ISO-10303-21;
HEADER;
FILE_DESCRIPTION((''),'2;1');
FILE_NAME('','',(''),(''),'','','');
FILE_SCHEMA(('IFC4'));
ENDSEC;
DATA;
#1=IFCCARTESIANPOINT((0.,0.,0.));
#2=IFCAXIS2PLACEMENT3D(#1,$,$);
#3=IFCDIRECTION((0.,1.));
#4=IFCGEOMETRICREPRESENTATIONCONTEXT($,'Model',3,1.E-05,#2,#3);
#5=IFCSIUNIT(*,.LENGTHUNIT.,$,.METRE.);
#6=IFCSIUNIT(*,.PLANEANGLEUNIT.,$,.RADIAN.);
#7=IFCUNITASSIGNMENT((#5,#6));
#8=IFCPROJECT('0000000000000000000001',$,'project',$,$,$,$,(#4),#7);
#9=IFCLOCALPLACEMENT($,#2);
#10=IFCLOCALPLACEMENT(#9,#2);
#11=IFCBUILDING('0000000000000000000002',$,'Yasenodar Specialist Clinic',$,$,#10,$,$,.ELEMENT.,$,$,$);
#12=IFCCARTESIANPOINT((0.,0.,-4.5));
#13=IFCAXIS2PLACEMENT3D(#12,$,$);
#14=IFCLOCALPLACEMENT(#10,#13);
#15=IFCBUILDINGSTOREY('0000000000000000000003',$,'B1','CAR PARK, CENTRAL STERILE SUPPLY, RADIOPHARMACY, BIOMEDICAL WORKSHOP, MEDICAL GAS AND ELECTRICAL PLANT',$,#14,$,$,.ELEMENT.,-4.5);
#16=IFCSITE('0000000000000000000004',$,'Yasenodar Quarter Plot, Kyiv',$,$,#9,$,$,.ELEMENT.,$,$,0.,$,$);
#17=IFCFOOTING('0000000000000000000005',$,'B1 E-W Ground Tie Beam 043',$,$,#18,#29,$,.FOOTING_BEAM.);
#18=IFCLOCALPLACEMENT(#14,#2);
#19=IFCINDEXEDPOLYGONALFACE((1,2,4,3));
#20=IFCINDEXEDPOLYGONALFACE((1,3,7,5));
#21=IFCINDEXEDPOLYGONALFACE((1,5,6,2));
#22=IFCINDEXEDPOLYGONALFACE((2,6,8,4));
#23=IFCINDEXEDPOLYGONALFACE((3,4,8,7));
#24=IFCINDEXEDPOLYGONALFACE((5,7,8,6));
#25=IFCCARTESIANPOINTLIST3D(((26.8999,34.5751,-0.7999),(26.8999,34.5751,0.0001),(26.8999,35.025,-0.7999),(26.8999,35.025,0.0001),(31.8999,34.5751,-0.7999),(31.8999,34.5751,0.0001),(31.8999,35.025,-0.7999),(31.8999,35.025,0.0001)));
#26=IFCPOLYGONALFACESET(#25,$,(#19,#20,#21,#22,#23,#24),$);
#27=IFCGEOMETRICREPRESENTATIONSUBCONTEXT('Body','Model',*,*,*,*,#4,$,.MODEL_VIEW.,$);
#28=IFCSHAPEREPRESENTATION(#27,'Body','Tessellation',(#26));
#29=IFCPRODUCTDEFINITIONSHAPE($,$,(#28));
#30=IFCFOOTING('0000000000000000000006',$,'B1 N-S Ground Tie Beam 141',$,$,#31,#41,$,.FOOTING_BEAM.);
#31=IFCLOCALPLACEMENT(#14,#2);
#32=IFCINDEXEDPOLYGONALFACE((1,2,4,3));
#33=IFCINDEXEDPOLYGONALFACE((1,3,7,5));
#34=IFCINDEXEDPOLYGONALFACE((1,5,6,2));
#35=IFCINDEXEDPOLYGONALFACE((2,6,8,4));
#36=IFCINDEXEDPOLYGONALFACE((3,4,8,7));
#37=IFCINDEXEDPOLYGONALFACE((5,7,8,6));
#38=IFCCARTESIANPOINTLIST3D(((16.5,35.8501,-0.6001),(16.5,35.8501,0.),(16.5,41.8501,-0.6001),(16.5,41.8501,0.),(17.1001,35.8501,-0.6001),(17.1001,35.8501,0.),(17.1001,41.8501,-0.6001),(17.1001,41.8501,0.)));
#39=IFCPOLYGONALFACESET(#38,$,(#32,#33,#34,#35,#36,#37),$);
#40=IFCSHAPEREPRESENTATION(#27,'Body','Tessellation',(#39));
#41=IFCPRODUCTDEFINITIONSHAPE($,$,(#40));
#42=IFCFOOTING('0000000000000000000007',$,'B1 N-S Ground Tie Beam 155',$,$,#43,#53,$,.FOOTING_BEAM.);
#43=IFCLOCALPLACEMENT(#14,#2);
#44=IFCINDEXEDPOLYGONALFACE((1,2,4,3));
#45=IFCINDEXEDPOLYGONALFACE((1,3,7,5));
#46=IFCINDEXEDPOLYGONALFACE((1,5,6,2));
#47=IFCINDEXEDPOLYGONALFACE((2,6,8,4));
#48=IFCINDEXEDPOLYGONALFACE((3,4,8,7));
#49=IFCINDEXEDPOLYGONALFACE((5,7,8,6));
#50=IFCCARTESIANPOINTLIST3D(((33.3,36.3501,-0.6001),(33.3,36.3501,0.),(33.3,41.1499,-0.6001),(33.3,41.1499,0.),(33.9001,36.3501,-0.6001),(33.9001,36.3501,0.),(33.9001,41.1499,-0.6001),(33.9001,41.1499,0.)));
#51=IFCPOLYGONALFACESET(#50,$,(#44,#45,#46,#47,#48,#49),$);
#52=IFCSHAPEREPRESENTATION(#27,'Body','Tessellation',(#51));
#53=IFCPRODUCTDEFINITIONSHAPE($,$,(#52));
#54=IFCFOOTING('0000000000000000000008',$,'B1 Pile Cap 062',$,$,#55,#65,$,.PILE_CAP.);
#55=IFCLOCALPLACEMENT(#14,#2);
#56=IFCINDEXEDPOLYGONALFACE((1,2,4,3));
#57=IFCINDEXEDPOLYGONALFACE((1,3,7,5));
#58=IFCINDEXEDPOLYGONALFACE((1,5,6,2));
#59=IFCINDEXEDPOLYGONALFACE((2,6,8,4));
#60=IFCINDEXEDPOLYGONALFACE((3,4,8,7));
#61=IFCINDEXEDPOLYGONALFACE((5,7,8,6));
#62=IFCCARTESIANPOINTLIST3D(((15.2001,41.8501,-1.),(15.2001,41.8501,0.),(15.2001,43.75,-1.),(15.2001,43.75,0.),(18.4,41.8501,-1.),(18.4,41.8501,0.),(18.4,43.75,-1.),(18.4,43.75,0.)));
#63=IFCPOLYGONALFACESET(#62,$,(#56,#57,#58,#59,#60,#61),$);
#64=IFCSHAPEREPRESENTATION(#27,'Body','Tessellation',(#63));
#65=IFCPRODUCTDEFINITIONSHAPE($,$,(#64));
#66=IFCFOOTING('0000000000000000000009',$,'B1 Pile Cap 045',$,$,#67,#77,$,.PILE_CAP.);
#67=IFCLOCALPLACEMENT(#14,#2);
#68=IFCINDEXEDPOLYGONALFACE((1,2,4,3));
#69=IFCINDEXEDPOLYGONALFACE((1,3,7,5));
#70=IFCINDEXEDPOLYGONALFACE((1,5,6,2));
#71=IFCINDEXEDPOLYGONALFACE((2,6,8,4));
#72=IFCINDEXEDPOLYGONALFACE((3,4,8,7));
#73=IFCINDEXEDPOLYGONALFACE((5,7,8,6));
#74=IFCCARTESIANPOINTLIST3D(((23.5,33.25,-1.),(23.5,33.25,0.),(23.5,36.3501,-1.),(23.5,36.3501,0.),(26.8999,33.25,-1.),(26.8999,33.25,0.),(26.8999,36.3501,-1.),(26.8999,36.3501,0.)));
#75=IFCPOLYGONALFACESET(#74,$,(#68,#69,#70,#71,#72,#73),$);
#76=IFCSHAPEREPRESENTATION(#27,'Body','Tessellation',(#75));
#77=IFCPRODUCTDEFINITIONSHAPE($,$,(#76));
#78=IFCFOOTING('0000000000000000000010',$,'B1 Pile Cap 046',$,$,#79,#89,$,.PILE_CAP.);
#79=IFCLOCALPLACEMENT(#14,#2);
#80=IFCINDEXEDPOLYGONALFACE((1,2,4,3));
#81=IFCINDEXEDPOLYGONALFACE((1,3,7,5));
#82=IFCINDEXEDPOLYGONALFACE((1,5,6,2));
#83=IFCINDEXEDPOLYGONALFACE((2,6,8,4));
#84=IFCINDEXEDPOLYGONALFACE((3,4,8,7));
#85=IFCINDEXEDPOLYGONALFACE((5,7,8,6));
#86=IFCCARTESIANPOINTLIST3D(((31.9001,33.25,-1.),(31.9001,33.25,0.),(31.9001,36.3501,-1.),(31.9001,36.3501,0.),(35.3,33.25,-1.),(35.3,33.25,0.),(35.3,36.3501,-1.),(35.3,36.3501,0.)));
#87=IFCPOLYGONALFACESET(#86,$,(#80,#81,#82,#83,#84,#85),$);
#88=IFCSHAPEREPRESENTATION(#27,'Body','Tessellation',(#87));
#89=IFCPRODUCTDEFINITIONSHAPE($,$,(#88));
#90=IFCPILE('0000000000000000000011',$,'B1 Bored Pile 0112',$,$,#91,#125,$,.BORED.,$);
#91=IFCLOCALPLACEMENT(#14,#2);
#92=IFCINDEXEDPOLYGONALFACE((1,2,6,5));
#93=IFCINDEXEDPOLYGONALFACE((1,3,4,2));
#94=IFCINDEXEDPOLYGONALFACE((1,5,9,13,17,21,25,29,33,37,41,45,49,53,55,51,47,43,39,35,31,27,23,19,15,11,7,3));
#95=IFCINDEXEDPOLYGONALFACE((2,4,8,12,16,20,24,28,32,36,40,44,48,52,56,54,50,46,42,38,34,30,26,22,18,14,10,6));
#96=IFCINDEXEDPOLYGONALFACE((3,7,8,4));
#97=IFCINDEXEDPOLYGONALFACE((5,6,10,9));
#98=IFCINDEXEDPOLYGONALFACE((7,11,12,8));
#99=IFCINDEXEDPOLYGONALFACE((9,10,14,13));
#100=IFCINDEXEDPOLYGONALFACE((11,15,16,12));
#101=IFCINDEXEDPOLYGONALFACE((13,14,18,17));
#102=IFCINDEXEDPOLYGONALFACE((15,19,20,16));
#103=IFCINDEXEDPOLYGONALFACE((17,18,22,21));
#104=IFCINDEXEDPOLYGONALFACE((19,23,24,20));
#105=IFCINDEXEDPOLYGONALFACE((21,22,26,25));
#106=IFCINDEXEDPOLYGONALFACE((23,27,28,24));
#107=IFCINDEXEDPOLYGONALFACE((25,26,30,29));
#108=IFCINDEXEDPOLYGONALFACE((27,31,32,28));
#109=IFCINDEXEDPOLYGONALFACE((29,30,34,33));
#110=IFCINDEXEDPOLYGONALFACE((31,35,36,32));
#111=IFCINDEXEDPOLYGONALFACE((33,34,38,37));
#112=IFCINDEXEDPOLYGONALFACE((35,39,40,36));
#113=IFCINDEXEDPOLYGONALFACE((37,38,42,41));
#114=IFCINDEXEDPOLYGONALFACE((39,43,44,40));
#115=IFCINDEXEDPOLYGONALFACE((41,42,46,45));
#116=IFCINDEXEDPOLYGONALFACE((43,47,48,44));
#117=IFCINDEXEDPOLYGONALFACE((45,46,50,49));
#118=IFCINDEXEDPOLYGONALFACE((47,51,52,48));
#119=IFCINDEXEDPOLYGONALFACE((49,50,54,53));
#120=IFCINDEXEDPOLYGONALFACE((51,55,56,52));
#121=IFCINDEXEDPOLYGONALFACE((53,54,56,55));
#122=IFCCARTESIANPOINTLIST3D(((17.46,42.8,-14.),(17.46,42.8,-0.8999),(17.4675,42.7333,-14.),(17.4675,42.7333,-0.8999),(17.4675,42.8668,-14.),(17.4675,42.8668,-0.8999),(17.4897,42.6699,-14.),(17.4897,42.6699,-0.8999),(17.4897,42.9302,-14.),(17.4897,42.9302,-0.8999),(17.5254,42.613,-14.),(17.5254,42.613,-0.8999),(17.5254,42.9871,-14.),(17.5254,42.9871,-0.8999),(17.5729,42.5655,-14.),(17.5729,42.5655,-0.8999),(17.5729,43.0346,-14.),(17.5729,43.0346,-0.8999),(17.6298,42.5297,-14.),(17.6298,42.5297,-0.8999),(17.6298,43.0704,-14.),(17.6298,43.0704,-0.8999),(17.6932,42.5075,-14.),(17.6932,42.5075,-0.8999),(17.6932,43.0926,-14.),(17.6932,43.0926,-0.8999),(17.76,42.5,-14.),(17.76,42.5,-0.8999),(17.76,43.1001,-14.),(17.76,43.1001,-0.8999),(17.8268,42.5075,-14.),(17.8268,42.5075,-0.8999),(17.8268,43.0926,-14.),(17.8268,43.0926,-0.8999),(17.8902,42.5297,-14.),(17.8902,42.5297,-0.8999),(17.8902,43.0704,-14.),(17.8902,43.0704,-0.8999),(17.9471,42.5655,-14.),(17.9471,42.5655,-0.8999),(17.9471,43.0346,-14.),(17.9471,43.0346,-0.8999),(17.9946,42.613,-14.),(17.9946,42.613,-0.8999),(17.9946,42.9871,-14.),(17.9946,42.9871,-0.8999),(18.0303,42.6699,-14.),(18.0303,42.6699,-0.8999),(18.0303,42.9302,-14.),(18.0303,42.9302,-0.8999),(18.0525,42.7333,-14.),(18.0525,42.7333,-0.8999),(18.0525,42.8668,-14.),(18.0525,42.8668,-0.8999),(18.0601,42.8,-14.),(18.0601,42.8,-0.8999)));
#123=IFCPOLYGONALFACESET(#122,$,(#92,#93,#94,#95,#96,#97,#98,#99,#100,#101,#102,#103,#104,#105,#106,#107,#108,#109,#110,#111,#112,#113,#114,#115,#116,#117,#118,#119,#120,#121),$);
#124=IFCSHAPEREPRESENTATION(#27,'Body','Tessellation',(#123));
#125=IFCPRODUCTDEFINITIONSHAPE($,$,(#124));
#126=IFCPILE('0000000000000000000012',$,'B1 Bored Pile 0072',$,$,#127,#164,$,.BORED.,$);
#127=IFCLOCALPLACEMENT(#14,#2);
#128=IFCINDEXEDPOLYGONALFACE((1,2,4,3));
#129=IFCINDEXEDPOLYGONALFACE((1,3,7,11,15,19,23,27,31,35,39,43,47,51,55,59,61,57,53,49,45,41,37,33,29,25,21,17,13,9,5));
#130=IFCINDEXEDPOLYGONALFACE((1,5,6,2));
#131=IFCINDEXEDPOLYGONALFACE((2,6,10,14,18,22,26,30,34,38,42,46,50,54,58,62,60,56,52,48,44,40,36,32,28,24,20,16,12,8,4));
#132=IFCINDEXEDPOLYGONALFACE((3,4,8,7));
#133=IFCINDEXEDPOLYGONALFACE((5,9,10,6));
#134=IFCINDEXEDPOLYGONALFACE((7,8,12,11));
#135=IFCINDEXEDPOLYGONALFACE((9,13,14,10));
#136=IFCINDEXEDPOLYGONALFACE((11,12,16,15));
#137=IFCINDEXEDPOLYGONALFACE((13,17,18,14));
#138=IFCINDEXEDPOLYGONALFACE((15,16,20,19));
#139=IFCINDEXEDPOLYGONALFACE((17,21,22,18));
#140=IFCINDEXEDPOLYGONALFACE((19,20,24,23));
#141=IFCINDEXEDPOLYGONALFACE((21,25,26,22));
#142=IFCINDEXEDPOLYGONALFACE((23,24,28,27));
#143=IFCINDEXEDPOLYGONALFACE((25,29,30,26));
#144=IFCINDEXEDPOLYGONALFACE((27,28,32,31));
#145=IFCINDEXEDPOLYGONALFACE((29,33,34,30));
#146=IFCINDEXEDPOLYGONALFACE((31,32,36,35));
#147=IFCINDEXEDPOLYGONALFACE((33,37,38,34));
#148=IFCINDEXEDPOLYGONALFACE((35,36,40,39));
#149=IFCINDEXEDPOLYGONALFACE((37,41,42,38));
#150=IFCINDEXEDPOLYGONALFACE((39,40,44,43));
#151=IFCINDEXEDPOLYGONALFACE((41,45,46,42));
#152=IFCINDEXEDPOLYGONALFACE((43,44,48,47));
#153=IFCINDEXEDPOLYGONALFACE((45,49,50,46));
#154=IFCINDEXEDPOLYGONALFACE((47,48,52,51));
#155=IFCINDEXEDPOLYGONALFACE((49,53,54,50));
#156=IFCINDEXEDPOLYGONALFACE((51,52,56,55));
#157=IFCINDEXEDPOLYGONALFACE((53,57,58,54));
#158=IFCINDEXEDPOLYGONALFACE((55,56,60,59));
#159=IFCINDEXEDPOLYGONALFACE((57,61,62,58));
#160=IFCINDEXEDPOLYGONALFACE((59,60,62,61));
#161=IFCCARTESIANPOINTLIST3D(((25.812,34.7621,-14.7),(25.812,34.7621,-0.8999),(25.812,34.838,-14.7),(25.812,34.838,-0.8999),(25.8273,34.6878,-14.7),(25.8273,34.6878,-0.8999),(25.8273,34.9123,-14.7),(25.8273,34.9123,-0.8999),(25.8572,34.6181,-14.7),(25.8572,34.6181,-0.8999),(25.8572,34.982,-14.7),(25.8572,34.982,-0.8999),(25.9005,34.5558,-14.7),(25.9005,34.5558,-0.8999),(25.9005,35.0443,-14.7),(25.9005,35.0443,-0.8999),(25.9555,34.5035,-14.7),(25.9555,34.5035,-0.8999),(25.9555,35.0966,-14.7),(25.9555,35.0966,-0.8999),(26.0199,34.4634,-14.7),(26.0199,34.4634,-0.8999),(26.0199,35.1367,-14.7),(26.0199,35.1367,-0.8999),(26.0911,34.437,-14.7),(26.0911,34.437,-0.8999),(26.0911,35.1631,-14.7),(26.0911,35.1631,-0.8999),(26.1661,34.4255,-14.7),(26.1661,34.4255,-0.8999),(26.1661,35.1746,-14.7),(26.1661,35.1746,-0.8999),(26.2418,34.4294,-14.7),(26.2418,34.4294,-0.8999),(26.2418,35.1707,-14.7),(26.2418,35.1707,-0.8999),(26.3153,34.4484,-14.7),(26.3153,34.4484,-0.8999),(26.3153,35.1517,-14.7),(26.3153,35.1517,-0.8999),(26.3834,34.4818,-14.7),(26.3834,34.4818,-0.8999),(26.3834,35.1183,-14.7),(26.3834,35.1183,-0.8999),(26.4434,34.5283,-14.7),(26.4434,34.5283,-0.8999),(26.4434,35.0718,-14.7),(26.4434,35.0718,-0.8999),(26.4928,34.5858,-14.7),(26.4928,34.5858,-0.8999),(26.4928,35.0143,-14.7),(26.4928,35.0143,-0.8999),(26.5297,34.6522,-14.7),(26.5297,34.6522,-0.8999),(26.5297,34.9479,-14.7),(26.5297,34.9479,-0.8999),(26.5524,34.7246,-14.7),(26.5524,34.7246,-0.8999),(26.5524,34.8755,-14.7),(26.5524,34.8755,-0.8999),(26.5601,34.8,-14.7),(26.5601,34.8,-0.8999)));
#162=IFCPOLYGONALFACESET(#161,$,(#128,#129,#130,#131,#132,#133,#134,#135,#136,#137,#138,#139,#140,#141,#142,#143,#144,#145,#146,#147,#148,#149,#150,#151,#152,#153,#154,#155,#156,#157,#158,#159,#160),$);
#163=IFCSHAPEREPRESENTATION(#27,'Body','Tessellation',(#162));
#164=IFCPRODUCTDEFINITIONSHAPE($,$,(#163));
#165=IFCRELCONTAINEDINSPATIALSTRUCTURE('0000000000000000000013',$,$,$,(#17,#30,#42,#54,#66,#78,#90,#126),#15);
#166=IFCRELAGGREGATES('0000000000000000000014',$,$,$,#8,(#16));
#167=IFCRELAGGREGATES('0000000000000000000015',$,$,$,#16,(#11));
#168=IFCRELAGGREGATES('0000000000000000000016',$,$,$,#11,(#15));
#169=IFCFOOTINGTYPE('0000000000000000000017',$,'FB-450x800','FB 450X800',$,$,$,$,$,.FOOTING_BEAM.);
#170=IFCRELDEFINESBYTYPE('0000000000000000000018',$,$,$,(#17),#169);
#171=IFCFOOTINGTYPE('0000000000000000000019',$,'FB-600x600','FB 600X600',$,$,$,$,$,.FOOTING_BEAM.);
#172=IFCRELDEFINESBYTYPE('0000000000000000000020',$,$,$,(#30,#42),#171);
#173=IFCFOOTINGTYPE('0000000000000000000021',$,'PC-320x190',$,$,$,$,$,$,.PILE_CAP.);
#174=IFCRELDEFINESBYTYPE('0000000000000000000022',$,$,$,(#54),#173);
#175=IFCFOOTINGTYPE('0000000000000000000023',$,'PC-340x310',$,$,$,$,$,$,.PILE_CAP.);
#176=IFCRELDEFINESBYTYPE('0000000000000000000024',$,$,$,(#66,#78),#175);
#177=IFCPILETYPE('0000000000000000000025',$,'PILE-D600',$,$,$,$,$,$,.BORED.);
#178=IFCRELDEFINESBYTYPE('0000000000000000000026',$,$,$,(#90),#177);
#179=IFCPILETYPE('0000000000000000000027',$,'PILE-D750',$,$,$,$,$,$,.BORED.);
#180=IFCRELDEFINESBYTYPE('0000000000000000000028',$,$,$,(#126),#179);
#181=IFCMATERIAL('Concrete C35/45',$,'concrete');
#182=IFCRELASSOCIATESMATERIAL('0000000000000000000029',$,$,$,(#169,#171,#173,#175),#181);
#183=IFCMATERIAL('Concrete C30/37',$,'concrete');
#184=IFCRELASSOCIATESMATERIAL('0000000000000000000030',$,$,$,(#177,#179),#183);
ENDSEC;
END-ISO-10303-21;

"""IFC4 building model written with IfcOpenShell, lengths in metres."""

from ifc_helpers import new_model, si_unit, direction, frame, origin, origin_2d, place, context, subcontext, project, spatial, rectangle, circle, extrude, material, material_profile, profile_set, type_object, element, save


model = new_model("IFC4")

# Units and contexts
model_context = context("Model", 3, precision=1e-05, world=origin(), true_north=direction((0.0, 1.0)))
body_context = subcontext(model_context, "Body", "Model", "MODEL_VIEW")
ifc_project = project(units=[si_unit("LENGTHUNIT", "METRE"), si_unit("PLANEANGLEUNIT", "RADIAN")], contexts=[model_context])

# Site, building, storey
site_placement = place(None, origin())
site = spatial("IfcSite", under=ifc_project, at=site_placement, Name="Yasenodar Quarter Plot, Kyiv", CompositionType="ELEMENT", RefElevation=0.0)
building_placement = place(site_placement, origin())
building = spatial("IfcBuilding", under=site, at=building_placement, Name="Yasenodar Specialist Clinic", CompositionType="ELEMENT")
storey_placement = place(building_placement, frame((0.0, 0.0, -4.5)))
storey = spatial("IfcBuildingStorey", under=building, at=storey_placement, Name="B1", Description="CAR PARK, CENTRAL STERILE SUPPLY, RADIOPHARMACY, BIOMEDICAL WORKSHOP, MEDICAL GAS AND ELECTRICAL PLANT", CompositionType="ELEMENT", Elevation=-4.5)

# Footings
ifc_material_1 = material(Name="Concrete C35/45", Category="concrete")
ifc_material_profile_1 = material_profile(ifc_material_1, rectangle(XDim=0.45, YDim=0.8, at=origin_2d()), Name="RC 450x800")
ifc_profile_set_1 = profile_set([ifc_material_profile_1], Name="Concrete C35/45")
footing_type_1 = type_object("IfcFootingType", Name="FB-450x800", Description="FB 450X800", PredefinedType="FOOTING_BEAM", material=ifc_profile_set_1)
footing_1_placement = place(storey_placement, frame((26.8999, 34.8, -0.3999), z_axis=(1.0, 0.0, 0.0), x_axis=(0.0, 1.0, 0.0)))
element("IfcFooting", 1, at=footing_1_placement, inside=storey, type_object=footing_type_1, Name="B1 E-W Ground Tie Beam 043", PredefinedType="FOOTING_BEAM", context=body_context, shape_type="SweptSolid", body=[
    extrude(rectangle(XDim=0.45, YDim=0.8, at=origin_2d()), origin(), (0.0, 0.0, 1.0), 5.0),
])
ifc_material_profile_2 = material_profile(ifc_material_1, rectangle(XDim=0.6001, YDim=0.6001, at=origin_2d()), Name="RC 600x600")
ifc_profile_set_2 = profile_set([ifc_material_profile_2], Name="Concrete C35/45")
footing_type_2 = type_object("IfcFootingType", Name="FB-600x600", Description="FB 600X600", PredefinedType="FOOTING_BEAM", material=ifc_profile_set_2)
footing_2_placement = place(storey_placement, frame((16.8, 35.8501, -0.3), z_axis=(0.0, 1.0, 0.0), x_axis=(-1.0, 0.0, 0.0)))
element("IfcFooting", 2, at=footing_2_placement, inside=storey, type_object=footing_type_2, Name="B1 N-S Ground Tie Beam 141", PredefinedType="FOOTING_BEAM", context=body_context, shape_type="SweptSolid", body=[
    extrude(rectangle(XDim=0.6001, YDim=0.6001, at=origin_2d()), origin(), (0.0, 0.0, 1.0), 6.0),
])
footing_3_placement = place(storey_placement, frame((33.6001, 36.3501, -0.3), z_axis=(0.0, 1.0, 0.0), x_axis=(-1.0, 0.0, 0.0)))
element("IfcFooting", 3, at=footing_3_placement, inside=storey, type_object=footing_type_2, Name="B1 N-S Ground Tie Beam 155", PredefinedType="FOOTING_BEAM", context=body_context, shape_type="SweptSolid", body=[
    extrude(rectangle(XDim=0.6001, YDim=0.6001, at=origin_2d()), origin(), (0.0, 0.0, 1.0), 4.7998),
])
footing_type_3 = type_object("IfcFootingType", Name="PC-320x190", PredefinedType="PILE_CAP", material=ifc_material_1)
footing_4_placement = place(storey_placement, frame((16.8, 42.8, -1.0), z_axis=(0.0, 0.0, 1.0), x_axis=(1.0, 0.0, 0.0)))
element("IfcFooting", 4, at=footing_4_placement, inside=storey, type_object=footing_type_3, Name="B1 Pile Cap 062", PredefinedType="PILE_CAP", context=body_context, shape_type="SweptSolid", body=[
    extrude(rectangle(XDim=3.2, YDim=1.8999, at=origin_2d()), origin(), (0.0, 0.0, 1.0), 1.0),
])
footing_type_4 = type_object("IfcFootingType", Name="PC-340x310", PredefinedType="PILE_CAP", material=ifc_material_1)
for number, where, z_axis, x_axis, name in (
    (5, (25.2, 34.8, -1.0), (0.0, 0.0, 1.0), (1.0, 0.0, 0.0), "B1 Pile Cap 045"),
    (6, (33.6001, 34.8, -1.0), (0.0, 0.0, 1.0), (1.0, 0.0, 0.0), "B1 Pile Cap 046"),
):
    element("IfcFooting", number, at=place(storey_placement, frame(where, z_axis=z_axis, x_axis=x_axis)), inside=storey, type_object=footing_type_4, Name=name, PredefinedType="PILE_CAP", context=body_context, shape_type="SweptSolid", body=[
        extrude(rectangle(XDim=3.3999, YDim=3.1001, at=origin_2d()), origin(), (0.0, 0.0, 1.0), 1.0),
    ])

# Piles
ifc_material_2 = material(Name="Concrete C30/37", Category="concrete")
ifc_material_profile_3 = material_profile(ifc_material_2, circle(Radius=0.3, at=origin_2d()), Name="PILE D600")
ifc_profile_set_3 = profile_set([ifc_material_profile_3], Name="Concrete C30/37")
pile_type_1 = type_object("IfcPileType", Name="PILE-D600", PredefinedType="BORED", material=ifc_profile_set_3)
pile_placement = place(storey_placement, frame((17.76, 42.8, -0.8999), z_axis=(0.0, 0.0, -1.0), x_axis=(1.0, 0.0, 0.0)))
element("IfcPile", 7, at=pile_placement, inside=storey, type_object=pile_type_1, Name="B1 Bored Pile 0112", PredefinedType="BORED", context=body_context, shape_type="SweptSolid", body=[
    extrude(circle(Radius=0.3, at=origin_2d()), origin(), (0.0, 0.0, 1.0), 13.1001),
])
ifc_material_profile_4 = material_profile(ifc_material_2, circle(Radius=0.375, at=origin_2d()), Name="PILE D750")
ifc_profile_set_4 = profile_set([ifc_material_profile_4], Name="Concrete C30/37")
pile_type_2 = type_object("IfcPileType", Name="PILE-D750", PredefinedType="BORED", material=ifc_profile_set_4)
for number, where, z_axis, x_axis, name in (
    (8, (26.1851, 34.8, -0.8999), (0.0, 0.0, -1.0), (1.0, 0.0, 0.0), "B1 Bored Pile 0072"),
):
    element("IfcPile", number, at=place(storey_placement, frame(where, z_axis=z_axis, x_axis=x_axis)), inside=storey, type_object=pile_type_2, Name=name, PredefinedType="BORED", context=body_context, shape_type="SweptSolid", body=[
        extrude(circle(Radius=0.375, at=origin_2d()), origin(), (0.0, 0.0, 1.0), 13.8),
    ])

save(model, "model.ifc")
